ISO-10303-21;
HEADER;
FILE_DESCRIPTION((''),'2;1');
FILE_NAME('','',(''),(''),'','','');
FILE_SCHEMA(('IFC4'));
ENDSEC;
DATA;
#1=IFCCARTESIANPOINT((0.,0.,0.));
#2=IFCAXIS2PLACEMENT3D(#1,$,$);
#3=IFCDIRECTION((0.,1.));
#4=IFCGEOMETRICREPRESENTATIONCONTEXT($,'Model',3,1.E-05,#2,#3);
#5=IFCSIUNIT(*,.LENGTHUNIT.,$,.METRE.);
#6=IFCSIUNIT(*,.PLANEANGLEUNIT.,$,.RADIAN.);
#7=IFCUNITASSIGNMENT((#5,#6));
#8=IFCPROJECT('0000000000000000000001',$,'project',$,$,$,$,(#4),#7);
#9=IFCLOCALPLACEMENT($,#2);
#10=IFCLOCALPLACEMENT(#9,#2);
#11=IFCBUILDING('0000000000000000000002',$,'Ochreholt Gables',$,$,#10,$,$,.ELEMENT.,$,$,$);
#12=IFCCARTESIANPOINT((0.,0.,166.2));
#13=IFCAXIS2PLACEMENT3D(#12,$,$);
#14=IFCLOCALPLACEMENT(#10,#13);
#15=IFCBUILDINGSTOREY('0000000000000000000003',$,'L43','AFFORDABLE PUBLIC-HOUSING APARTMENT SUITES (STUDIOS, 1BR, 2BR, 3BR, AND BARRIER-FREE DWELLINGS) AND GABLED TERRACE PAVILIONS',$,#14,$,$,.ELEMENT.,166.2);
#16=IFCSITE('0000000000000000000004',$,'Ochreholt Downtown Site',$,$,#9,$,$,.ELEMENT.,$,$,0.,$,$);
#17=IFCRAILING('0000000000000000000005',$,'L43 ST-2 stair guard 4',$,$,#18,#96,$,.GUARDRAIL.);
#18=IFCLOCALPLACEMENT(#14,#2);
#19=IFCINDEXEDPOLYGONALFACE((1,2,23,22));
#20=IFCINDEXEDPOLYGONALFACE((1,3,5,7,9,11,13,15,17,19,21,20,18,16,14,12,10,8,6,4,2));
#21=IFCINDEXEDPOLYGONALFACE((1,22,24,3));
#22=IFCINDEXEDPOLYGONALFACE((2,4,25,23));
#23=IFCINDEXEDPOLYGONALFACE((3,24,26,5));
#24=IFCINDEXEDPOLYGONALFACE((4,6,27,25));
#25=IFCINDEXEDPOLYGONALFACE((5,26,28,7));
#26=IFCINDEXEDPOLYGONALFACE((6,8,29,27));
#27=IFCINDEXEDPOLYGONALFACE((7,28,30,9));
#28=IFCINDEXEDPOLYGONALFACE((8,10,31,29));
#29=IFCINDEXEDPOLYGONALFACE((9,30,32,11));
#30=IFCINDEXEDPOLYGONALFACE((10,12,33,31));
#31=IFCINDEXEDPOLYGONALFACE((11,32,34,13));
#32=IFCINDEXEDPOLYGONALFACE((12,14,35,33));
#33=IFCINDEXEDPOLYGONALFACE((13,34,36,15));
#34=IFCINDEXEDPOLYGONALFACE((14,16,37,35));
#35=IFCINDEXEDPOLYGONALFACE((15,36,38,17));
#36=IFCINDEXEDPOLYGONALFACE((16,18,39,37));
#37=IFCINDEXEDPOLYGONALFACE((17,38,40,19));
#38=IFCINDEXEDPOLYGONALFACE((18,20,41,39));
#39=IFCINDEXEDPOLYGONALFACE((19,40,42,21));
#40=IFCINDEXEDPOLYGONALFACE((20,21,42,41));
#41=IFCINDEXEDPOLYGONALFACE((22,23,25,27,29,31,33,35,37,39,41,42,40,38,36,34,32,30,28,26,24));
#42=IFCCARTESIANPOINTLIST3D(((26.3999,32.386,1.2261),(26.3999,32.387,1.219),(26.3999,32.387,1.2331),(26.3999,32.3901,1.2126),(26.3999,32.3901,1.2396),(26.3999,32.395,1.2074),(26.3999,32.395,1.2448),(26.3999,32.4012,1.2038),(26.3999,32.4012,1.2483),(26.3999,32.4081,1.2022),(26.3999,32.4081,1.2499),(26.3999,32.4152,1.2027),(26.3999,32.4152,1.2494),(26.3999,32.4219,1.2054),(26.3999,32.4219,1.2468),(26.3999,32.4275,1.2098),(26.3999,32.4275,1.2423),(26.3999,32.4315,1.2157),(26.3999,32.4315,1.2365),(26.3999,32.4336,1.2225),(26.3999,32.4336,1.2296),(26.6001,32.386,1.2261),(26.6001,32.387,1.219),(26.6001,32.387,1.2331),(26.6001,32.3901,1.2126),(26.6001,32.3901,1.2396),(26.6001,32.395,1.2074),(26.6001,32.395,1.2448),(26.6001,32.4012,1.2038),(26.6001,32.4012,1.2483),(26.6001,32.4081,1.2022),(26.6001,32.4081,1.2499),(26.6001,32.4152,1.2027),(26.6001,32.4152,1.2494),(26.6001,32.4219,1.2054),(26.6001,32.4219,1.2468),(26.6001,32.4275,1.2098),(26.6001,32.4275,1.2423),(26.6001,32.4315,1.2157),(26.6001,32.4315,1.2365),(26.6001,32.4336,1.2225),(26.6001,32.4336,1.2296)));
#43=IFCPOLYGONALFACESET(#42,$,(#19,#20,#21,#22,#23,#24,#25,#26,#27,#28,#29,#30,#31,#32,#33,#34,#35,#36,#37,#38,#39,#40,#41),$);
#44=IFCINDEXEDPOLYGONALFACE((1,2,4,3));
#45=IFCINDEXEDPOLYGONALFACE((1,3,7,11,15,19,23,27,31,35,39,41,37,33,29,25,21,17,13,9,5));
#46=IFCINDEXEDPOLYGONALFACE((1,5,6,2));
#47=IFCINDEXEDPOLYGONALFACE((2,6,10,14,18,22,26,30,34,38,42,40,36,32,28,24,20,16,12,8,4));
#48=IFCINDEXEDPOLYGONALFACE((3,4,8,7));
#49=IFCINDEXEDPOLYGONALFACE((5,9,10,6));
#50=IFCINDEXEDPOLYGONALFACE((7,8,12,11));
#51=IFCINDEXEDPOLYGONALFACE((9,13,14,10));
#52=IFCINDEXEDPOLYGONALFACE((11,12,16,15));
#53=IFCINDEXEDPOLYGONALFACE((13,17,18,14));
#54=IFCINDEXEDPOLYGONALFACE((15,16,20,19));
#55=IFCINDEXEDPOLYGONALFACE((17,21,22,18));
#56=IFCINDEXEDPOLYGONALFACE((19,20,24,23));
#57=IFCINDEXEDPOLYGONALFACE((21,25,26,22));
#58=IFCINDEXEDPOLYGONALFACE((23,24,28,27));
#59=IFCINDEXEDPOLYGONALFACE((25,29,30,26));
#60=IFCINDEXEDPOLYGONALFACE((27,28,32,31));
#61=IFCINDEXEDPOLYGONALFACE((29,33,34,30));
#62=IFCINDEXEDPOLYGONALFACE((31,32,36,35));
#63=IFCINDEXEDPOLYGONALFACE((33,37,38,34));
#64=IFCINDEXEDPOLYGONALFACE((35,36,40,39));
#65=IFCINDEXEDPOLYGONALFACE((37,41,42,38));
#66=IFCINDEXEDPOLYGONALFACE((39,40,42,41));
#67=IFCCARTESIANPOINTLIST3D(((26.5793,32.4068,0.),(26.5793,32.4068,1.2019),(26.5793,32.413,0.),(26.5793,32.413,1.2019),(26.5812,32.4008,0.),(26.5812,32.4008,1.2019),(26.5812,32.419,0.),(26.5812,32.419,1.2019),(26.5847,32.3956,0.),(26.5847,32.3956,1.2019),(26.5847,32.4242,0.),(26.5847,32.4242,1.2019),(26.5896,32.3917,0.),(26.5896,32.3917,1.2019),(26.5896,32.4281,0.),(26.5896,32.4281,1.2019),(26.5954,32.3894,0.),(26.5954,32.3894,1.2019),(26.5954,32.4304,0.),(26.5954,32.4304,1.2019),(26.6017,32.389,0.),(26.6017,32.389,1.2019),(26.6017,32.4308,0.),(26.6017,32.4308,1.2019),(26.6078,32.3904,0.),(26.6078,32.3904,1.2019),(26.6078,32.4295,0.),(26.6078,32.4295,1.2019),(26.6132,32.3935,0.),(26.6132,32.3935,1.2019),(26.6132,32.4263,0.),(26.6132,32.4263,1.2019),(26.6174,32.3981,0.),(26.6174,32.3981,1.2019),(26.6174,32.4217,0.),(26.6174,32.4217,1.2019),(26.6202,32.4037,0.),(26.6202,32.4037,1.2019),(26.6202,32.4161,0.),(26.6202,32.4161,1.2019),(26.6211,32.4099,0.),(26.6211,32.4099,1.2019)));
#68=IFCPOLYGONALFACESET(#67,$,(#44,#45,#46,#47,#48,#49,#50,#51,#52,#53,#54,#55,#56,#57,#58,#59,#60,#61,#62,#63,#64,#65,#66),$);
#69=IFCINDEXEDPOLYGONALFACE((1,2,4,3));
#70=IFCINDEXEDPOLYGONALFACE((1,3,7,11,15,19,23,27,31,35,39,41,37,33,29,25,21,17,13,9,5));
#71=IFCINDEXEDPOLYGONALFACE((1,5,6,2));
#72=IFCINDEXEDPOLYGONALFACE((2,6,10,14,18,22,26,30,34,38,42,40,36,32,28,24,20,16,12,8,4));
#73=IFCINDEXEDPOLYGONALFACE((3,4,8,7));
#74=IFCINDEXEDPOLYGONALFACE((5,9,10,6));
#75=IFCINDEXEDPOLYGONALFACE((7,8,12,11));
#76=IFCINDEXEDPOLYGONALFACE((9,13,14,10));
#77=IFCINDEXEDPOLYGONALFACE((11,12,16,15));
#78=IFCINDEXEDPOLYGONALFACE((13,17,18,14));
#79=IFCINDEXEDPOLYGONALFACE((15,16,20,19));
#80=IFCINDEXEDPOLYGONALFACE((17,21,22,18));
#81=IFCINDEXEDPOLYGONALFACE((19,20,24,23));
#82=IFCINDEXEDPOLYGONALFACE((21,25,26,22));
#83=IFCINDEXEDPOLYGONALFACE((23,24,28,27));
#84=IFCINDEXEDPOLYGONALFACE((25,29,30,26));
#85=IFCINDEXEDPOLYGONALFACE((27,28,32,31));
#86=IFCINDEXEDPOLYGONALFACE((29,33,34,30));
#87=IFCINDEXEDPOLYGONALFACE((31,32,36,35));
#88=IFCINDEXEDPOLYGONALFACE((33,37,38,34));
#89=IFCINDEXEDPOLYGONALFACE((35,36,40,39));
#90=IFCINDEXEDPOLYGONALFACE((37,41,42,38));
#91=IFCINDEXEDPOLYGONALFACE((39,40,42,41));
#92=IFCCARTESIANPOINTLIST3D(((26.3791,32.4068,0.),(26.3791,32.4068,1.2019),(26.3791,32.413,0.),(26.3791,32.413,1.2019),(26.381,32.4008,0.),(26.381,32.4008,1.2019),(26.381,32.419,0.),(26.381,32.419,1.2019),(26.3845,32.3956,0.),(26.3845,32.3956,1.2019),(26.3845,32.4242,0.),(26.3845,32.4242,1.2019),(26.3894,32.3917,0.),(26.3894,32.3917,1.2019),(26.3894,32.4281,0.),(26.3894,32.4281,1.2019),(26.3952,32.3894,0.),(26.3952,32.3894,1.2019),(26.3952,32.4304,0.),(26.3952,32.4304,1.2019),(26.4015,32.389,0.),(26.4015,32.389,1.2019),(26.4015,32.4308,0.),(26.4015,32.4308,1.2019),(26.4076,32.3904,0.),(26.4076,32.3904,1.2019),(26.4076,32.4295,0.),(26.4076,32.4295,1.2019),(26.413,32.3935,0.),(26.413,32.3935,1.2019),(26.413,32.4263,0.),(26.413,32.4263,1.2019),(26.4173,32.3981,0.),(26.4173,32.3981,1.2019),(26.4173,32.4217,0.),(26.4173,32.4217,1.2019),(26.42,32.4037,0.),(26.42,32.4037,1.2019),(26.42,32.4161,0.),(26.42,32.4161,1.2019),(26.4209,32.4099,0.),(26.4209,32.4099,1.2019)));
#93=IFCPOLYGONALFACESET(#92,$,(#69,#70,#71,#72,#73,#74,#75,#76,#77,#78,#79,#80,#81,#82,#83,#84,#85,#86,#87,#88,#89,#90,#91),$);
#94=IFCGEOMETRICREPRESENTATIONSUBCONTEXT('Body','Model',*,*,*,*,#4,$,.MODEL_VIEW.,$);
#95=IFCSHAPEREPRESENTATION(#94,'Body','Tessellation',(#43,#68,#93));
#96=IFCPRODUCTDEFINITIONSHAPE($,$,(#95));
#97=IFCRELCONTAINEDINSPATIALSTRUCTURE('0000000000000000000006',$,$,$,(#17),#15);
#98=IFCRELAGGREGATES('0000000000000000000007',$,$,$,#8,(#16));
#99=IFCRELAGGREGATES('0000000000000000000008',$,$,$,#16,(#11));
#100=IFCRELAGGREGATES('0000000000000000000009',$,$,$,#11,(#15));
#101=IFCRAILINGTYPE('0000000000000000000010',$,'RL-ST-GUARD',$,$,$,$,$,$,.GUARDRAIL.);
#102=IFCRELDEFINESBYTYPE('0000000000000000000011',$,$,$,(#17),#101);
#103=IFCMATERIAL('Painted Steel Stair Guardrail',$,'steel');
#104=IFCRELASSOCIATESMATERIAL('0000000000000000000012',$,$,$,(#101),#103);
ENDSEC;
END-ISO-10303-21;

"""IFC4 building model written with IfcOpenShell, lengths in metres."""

from ifc_helpers import new_model, si_unit, direction, frame, origin, origin_2d, place, context, subcontext, project, spatial, circle, extrude, material, type_object, element, save


model = new_model("IFC4")

# Units and contexts
model_context = context("Model", 3, precision=1e-05, world=origin(), true_north=direction((0.0, 1.0)))
body_context = subcontext(model_context, "Body", "Model", "MODEL_VIEW")
ifc_project = project(units=[si_unit("LENGTHUNIT", "METRE"), si_unit("PLANEANGLEUNIT", "RADIAN")], contexts=[model_context])

# Site, building, storey
site_placement = place(None, origin())
site = spatial("IfcSite", under=ifc_project, at=site_placement, Name="Ochreholt Downtown Site", CompositionType="ELEMENT", RefElevation=0.0)
building_placement = place(site_placement, origin())
building = spatial("IfcBuilding", under=site, at=building_placement, Name="Ochreholt Gables", CompositionType="ELEMENT")
storey_placement = place(building_placement, frame((0.0, 0.0, 166.2)))
storey = spatial("IfcBuildingStorey", under=building, at=storey_placement, Name="L43", Description="AFFORDABLE PUBLIC-HOUSING APARTMENT SUITES (STUDIOS, 1BR, 2BR, 3BR, AND BARRIER-FREE DWELLINGS) AND GABLED TERRACE PAVILIONS", CompositionType="ELEMENT", Elevation=166.2)

# Railing
ifc_material_1 = material(Name="Painted Steel Stair Guardrail", Category="steel")
railing_type = type_object("IfcRailingType", Name="RL-ST-GUARD", PredefinedType="GUARDRAIL", material=ifc_material_1)
railing_1_placement = place(storey_placement, frame((26.6001, 32.4099, 0.0)))
element("IfcRailing", 1, at=railing_1_placement, inside=storey, type_object=railing_type, Name="L43 ST-2 stair guard 4", PredefinedType="GUARDRAIL", context=body_context, shape_type="SweptSolid", body=[
    extrude(circle(Radius=0.0239, at=origin_2d()), frame((0.0, 0.0, 1.2261), z_axis=(-1.0, 0.0, 0.0), x_axis=(0.0, -1.0, 0.0)), (0.0, 0.0, 1.0), 0.2002),
    extrude(circle(Radius=0.021, at=origin_2d()), origin(), (0.0, 0.0, 1.0), 1.2019),
    extrude(circle(Radius=0.021, at=origin_2d()), frame((-0.2002, 0.0, 0.0)), (0.0, 0.0, 1.0), 1.2019),
])

save(model, "model.ifc")
